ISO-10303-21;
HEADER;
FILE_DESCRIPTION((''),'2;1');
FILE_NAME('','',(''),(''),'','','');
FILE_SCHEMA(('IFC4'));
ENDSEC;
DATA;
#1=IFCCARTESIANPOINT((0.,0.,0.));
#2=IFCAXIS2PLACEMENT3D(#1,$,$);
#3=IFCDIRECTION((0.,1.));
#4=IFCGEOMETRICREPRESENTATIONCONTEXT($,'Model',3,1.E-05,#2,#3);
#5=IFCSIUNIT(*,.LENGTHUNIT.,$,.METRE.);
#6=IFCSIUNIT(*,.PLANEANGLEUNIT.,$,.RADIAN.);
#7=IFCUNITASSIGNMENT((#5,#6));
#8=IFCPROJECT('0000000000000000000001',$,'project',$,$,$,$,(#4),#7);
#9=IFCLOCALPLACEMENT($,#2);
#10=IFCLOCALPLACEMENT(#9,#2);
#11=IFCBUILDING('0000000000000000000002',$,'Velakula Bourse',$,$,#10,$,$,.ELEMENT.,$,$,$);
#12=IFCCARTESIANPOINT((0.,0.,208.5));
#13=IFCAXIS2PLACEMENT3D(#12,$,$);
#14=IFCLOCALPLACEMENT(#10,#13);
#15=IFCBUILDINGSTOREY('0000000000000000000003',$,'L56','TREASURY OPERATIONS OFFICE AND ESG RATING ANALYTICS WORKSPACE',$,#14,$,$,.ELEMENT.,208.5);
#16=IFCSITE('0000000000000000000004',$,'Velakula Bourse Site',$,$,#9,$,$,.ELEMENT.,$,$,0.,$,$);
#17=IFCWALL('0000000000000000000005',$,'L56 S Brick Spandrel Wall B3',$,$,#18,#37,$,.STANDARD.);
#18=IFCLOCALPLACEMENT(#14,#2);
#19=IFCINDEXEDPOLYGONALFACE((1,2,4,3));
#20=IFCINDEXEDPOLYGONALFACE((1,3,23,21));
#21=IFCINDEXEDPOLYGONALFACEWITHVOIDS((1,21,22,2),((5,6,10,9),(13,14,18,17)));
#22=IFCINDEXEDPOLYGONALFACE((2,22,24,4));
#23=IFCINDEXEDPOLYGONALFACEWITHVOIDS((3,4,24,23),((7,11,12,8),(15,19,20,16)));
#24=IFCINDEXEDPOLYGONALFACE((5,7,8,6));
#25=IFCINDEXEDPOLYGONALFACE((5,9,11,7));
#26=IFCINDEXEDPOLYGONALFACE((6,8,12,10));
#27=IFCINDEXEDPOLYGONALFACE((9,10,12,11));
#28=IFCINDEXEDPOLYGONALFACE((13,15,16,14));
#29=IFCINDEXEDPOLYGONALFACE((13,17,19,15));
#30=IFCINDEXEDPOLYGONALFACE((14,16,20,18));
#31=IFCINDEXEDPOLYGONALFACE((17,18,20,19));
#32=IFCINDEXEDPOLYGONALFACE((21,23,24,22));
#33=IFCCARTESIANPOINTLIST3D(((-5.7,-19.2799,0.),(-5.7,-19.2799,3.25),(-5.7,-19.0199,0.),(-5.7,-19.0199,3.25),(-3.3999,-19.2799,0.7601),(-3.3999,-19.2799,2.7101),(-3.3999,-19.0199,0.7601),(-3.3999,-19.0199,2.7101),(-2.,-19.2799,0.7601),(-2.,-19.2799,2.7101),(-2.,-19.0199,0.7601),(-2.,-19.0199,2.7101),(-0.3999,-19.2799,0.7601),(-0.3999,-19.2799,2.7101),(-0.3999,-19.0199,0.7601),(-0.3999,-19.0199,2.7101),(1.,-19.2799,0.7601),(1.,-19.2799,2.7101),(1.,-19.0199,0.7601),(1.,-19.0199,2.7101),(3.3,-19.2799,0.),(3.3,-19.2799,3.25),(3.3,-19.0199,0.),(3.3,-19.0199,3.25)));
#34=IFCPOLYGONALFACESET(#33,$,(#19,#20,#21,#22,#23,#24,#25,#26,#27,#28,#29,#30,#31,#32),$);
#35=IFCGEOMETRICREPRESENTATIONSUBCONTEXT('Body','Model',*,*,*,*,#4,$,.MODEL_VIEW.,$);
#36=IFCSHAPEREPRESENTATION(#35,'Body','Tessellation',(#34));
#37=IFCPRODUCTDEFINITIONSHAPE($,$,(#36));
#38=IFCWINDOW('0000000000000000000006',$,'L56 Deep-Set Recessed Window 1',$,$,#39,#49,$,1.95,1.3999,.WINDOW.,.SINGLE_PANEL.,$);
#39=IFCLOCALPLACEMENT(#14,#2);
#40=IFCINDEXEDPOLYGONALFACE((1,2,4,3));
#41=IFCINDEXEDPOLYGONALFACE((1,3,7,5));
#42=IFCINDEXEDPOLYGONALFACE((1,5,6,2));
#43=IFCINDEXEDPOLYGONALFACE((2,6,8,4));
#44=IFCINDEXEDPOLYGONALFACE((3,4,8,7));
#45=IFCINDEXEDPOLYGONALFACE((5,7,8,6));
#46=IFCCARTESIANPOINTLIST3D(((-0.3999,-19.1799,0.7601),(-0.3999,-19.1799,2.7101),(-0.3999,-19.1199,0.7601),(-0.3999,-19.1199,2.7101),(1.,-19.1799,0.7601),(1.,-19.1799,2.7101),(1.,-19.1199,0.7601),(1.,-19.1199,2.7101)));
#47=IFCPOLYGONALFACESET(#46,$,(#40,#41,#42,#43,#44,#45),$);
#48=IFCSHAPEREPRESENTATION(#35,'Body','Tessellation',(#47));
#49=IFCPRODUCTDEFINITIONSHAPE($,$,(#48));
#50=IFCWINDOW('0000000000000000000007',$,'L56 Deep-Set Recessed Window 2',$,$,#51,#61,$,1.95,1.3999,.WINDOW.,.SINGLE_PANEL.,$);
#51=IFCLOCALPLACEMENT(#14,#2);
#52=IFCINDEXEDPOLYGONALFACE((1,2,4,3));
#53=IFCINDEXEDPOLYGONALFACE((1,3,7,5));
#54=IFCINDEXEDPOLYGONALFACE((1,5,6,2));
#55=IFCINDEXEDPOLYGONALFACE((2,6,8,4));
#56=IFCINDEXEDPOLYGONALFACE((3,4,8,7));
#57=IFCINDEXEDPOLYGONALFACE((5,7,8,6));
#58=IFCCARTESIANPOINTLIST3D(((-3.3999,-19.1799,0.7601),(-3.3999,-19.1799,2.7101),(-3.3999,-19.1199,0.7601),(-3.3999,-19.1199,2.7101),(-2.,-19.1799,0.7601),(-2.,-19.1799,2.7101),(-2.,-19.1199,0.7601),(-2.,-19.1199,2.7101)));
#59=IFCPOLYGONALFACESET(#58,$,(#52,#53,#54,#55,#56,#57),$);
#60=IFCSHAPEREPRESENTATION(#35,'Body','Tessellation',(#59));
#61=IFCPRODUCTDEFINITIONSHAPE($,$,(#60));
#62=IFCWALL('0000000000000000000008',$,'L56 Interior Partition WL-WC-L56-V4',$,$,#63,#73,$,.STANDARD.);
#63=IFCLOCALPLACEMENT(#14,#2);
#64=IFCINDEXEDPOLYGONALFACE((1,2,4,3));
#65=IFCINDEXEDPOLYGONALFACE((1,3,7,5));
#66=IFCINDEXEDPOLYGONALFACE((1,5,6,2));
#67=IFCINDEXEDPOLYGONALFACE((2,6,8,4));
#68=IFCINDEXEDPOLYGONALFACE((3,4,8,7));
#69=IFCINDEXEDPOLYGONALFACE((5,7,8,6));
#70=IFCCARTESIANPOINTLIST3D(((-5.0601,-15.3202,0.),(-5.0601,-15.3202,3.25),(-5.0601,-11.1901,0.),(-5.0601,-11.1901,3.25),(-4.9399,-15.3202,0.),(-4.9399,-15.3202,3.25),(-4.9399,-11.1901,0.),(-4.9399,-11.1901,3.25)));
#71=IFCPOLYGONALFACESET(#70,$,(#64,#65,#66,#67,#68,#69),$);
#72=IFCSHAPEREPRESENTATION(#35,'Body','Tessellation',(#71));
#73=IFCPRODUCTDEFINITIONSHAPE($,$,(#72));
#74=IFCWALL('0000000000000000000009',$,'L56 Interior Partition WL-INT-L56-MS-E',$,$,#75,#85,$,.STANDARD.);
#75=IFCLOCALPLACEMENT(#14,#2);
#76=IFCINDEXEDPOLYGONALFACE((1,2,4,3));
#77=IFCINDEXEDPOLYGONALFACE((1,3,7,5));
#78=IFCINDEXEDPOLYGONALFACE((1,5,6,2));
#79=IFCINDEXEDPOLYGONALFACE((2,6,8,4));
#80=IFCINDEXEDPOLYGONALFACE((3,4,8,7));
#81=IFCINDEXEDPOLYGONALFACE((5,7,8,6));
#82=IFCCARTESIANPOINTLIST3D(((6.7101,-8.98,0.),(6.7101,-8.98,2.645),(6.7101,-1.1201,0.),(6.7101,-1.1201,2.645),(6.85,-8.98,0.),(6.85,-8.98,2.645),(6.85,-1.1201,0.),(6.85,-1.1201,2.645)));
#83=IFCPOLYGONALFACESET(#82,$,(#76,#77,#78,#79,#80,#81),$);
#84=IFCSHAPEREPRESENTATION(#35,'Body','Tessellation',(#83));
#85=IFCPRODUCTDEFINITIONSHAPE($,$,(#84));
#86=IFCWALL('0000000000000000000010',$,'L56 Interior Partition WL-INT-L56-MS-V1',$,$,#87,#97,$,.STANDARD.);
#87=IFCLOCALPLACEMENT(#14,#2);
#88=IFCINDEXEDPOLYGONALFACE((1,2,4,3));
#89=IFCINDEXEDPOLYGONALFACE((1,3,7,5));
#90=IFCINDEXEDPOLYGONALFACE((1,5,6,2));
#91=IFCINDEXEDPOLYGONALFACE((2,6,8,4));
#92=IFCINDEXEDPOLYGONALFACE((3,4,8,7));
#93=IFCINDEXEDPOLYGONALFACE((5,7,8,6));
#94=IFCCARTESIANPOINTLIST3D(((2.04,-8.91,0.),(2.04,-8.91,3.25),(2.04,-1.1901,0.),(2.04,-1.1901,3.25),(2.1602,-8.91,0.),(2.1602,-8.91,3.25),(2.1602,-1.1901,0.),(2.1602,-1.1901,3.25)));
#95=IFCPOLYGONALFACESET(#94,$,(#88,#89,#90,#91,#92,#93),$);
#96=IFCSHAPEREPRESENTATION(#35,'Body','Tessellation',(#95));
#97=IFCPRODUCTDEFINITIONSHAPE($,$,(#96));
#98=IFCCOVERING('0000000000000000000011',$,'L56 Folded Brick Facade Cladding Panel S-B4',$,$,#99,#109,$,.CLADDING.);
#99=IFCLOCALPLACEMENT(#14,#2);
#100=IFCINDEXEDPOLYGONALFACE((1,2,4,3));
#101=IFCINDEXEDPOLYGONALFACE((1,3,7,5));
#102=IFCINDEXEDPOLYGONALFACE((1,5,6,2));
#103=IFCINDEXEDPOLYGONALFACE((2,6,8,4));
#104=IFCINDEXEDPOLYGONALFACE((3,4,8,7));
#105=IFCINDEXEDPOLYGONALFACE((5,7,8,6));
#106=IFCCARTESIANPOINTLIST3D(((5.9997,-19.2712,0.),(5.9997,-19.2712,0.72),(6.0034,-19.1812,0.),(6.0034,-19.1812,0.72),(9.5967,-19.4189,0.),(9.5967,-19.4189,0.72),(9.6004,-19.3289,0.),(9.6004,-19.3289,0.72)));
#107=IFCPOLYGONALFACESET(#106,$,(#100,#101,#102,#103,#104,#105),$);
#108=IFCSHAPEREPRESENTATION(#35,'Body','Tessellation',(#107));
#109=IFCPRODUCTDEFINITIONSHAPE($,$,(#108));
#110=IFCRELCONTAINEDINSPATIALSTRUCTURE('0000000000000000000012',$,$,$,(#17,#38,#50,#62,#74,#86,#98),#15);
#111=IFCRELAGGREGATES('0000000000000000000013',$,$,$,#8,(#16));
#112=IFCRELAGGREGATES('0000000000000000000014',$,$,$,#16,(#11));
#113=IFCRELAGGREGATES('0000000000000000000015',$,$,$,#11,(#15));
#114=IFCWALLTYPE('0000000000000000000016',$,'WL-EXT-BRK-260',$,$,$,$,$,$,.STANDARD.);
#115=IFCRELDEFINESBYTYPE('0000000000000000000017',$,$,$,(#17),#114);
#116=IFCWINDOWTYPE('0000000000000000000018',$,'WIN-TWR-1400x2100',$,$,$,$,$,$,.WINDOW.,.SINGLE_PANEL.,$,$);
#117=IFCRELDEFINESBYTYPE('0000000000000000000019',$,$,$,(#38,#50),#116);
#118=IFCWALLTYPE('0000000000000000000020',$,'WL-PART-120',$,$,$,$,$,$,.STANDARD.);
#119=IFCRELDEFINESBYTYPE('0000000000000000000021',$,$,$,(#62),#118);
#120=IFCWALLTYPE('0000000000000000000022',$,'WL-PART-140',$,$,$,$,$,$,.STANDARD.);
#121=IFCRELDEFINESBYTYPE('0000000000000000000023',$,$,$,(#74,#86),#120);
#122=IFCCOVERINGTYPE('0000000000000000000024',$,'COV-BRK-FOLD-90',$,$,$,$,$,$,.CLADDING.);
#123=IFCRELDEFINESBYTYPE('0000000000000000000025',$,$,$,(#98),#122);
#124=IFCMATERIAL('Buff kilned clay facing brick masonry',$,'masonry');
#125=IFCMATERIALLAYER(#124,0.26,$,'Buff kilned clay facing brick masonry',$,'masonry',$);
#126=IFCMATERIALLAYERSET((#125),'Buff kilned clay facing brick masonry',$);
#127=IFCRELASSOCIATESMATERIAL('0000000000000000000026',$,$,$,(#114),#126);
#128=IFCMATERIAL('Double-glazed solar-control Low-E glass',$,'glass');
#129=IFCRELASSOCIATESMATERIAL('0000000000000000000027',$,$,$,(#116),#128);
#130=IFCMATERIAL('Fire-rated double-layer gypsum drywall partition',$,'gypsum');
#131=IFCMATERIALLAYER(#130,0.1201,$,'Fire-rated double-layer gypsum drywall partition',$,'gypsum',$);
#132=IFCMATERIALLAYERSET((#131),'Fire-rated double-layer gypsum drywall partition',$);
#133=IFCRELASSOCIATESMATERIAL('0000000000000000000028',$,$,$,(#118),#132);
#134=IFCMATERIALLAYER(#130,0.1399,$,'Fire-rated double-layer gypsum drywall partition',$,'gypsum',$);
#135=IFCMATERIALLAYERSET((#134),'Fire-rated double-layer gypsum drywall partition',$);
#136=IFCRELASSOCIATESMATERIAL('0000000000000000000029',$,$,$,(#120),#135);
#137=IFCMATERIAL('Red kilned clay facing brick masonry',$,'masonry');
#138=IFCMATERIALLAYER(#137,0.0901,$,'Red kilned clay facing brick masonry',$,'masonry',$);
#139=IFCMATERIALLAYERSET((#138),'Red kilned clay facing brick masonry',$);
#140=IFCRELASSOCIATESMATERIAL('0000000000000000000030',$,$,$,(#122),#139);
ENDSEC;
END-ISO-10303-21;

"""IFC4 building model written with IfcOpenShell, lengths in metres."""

from ifc_helpers import new_model, si_unit, direction, frame, frame_2d, origin, origin_2d, place, context, subcontext, project, spatial, rectangle, extrude, material, layer, layer_set, type_object, element, fill, save


model = new_model("IFC4")

# Units and contexts
model_context = context("Model", 3, precision=1e-05, world=origin(), true_north=direction((0.0, 1.0)))
body_context = subcontext(model_context, "Body", "Model", "MODEL_VIEW")
ifc_project = project(units=[si_unit("LENGTHUNIT", "METRE"), si_unit("PLANEANGLEUNIT", "RADIAN")], contexts=[model_context])

# Site, building, storey
site_placement = place(None, origin())
site = spatial("IfcSite", under=ifc_project, at=site_placement, Name="Velakula Bourse Site", CompositionType="ELEMENT", RefElevation=0.0)
building_placement = place(site_placement, origin())
building = spatial("IfcBuilding", under=site, at=building_placement, Name="Velakula Bourse", CompositionType="ELEMENT")
storey_placement = place(building_placement, frame((0.0, 0.0, 208.5)))
storey = spatial("IfcBuildingStorey", under=building, at=storey_placement, Name="L56", Description="TREASURY OPERATIONS OFFICE AND ESG RATING ANALYTICS WORKSPACE", CompositionType="ELEMENT", Elevation=208.5)

# Wall, openings, windows
ifc_material_1 = material(Name="Buff kilned clay facing brick masonry", Category="masonry")
ifc_layer_1 = layer(ifc_material_1, 0.26, Name="Buff kilned clay facing brick masonry", Category="masonry")
ifc_layer_set_1 = layer_set([ifc_layer_1], Name="Buff kilned clay facing brick masonry")
wall_type_1 = type_object("IfcWallType", Name="WL-EXT-BRK-260", PredefinedType="STANDARD", material=ifc_layer_set_1)
ifc_material_2 = material(Name="Double-glazed solar-control Low-E glass", Category="glass")
window_type = type_object("IfcWindowType", Name="WIN-TWR-1400x2100", PartitioningType="SINGLE_PANEL", PredefinedType="WINDOW", material=ifc_material_2)
wall_1_placement = place(storey_placement, frame((3.3, -19.1499, 0.0), z_axis=(0.0, 0.0, 1.0), x_axis=(-1.0, 0.0, 0.0)))
wall_1 = element("IfcWall", 1, at=wall_1_placement, inside=storey, type_object=wall_type_1, Name="L56 S Brick Spandrel Wall B3", PredefinedType="STANDARD", context=body_context, shape_type="SweptSolid", body=[
    extrude(rectangle(XDim=9.0, YDim=0.26, at=frame_2d((4.5, 0.0))), origin(), (0.0, 0.0, 1.0), 3.25),
])
opening_1_placement = place(wall_1_placement, frame((2.3, 0.0, 0.76)))
opening_1 = element("IfcOpeningElement", 2, at=opening_1_placement, cuts=wall_1, PredefinedType="OPENING", context=body_context, shape_type="SweptSolid", body=[
    extrude(rectangle(XDim=1.3999, YDim=1.95, at=frame_2d((0.7, 0.9751))), frame((0.0, 0.1399, 0.0), z_axis=(0.0, -1.0, 0.0), x_axis=(1.0, 0.0, 0.0)), (0.0, 0.0, 1.0), 0.28),
])
opening_2_placement = place(wall_1_placement, frame((5.3, 0.0, 0.76)))
opening_2 = element("IfcOpeningElement", 3, at=opening_2_placement, cuts=wall_1, PredefinedType="OPENING", context=body_context, shape_type="SweptSolid", body=[
    extrude(rectangle(XDim=1.3999, YDim=1.95, at=frame_2d((0.7, 0.9751))), frame((0.0, 0.1399, 0.0), z_axis=(0.0, -1.0, 0.0), x_axis=(1.0, 0.0, 0.0)), (0.0, 0.0, 1.0), 0.28),
])
window_1_placement = place(opening_1_placement, origin())
window_1 = element("IfcWindow", 4, at=window_1_placement, inside=storey, type_object=window_type, Name="L56 Deep-Set Recessed Window 1", OverallHeight=1.95, OverallWidth=1.3999, PartitioningType="SINGLE_PANEL", PredefinedType="WINDOW", context=body_context, shape_type="SweptSolid", body=[
    extrude(rectangle(XDim=1.3999, YDim=1.95, at=frame_2d((0.7, 0.9751))), frame((0.0, 0.03, 0.0), z_axis=(0.0, -1.0, 0.0), x_axis=(1.0, 0.0, 0.0)), (0.0, 0.0, 1.0), 0.0601),
])
fill(opening_1, window_1)
window_2_placement = place(opening_2_placement, origin())
window_2 = element("IfcWindow", 5, at=window_2_placement, inside=storey, type_object=window_type, Name="L56 Deep-Set Recessed Window 2", OverallHeight=1.95, OverallWidth=1.3999, PartitioningType="SINGLE_PANEL", PredefinedType="WINDOW", context=body_context, shape_type="SweptSolid", body=[
    extrude(rectangle(XDim=1.3999, YDim=1.95, at=frame_2d((0.7, 0.9751))), frame((0.0, 0.03, 0.0), z_axis=(0.0, -1.0, 0.0), x_axis=(1.0, 0.0, 0.0)), (0.0, 0.0, 1.0), 0.0601),
])
fill(opening_2, window_2)

# Walls
ifc_material_3 = material(Name="Fire-rated double-layer gypsum drywall partition", Category="gypsum")
ifc_layer_2 = layer(ifc_material_3, 0.1201, Name="Fire-rated double-layer gypsum drywall partition", Category="gypsum")
ifc_layer_set_2 = layer_set([ifc_layer_2], Name="Fire-rated double-layer gypsum drywall partition")
wall_type_2 = type_object("IfcWallType", Name="WL-PART-120", PredefinedType="STANDARD", material=ifc_layer_set_2)
wall_2_placement = place(storey_placement, frame((-5.0, -15.3201, 0.0), z_axis=(0.0, 0.0, 1.0), x_axis=(0.0, 1.0, 0.0)))
element("IfcWall", 6, at=wall_2_placement, inside=storey, type_object=wall_type_2, Name="L56 Interior Partition WL-WC-L56-V4", PredefinedType="STANDARD", context=body_context, shape_type="SweptSolid", body=[
    extrude(rectangle(XDim=4.1301, YDim=0.1201, at=frame_2d((2.0649, 0.0))), origin(), (0.0, 0.0, 1.0), 3.25),
])
ifc_layer_3 = layer(ifc_material_3, 0.1399, Name="Fire-rated double-layer gypsum drywall partition", Category="gypsum")
ifc_layer_set_3 = layer_set([ifc_layer_3], Name="Fire-rated double-layer gypsum drywall partition")
wall_type_3 = type_object("IfcWallType", Name="WL-PART-140", PredefinedType="STANDARD", material=ifc_layer_set_3)
wall_3_placement = place(storey_placement, frame((6.78, -8.98, 0.0), z_axis=(0.0, 0.0, 1.0), x_axis=(0.0, 1.0, 0.0)))
element("IfcWall", 7, at=wall_3_placement, inside=storey, type_object=wall_type_3, Name="L56 Interior Partition WL-INT-L56-MS-E", PredefinedType="STANDARD", context=body_context, shape_type="SweptSolid", body=[
    extrude(rectangle(XDim=7.8599, YDim=0.1399, at=frame_2d((3.9299, 0.0))), origin(), (0.0, 0.0, 1.0), 2.645),
])
wall_4_placement = place(storey_placement, frame((2.1001, -8.9099, 0.0), z_axis=(0.0, 0.0, 1.0), x_axis=(0.0, 1.0, 0.0)))
element("IfcWall", 8, at=wall_4_placement, inside=storey, type_object=wall_type_3, Name="L56 Interior Partition WL-INT-L56-MS-V1", PredefinedType="STANDARD", context=body_context, shape_type="SweptSolid", body=[
    extrude(rectangle(XDim=7.72, YDim=0.1201, at=frame_2d((3.8599, 0.0))), origin(), (0.0, 0.0, 1.0), 3.25),
])

# Covering
ifc_material_4 = material(Name="Red kilned clay facing brick masonry", Category="masonry")
ifc_layer_4 = layer(ifc_material_4, 0.0901, Name="Red kilned clay facing brick masonry", Category="masonry")
ifc_layer_set_4 = layer_set([ifc_layer_4], Name="Red kilned clay facing brick masonry")
covering_type = type_object("IfcCoveringType", Name="COV-BRK-FOLD-90", PredefinedType="CLADDING", material=ifc_layer_set_4)
covering_placement = place(storey_placement, frame((7.8, -19.3, 0.0), z_axis=(0.0, 0.0, 1.0), x_axis=(0.999159, -0.041004, 0.0)))
element("IfcCovering", 9, at=covering_placement, inside=storey, type_object=covering_type, Name="L56 Folded Brick Facade Cladding Panel S-B4", PredefinedType="CLADDING", context=body_context, shape_type="SweptSolid", body=[
    extrude(rectangle(XDim=3.6001, YDim=0.0901, at=origin_2d()), origin(), (0.0, 0.0, 1.0), 0.72),
])

save(model, "model.ifc")
